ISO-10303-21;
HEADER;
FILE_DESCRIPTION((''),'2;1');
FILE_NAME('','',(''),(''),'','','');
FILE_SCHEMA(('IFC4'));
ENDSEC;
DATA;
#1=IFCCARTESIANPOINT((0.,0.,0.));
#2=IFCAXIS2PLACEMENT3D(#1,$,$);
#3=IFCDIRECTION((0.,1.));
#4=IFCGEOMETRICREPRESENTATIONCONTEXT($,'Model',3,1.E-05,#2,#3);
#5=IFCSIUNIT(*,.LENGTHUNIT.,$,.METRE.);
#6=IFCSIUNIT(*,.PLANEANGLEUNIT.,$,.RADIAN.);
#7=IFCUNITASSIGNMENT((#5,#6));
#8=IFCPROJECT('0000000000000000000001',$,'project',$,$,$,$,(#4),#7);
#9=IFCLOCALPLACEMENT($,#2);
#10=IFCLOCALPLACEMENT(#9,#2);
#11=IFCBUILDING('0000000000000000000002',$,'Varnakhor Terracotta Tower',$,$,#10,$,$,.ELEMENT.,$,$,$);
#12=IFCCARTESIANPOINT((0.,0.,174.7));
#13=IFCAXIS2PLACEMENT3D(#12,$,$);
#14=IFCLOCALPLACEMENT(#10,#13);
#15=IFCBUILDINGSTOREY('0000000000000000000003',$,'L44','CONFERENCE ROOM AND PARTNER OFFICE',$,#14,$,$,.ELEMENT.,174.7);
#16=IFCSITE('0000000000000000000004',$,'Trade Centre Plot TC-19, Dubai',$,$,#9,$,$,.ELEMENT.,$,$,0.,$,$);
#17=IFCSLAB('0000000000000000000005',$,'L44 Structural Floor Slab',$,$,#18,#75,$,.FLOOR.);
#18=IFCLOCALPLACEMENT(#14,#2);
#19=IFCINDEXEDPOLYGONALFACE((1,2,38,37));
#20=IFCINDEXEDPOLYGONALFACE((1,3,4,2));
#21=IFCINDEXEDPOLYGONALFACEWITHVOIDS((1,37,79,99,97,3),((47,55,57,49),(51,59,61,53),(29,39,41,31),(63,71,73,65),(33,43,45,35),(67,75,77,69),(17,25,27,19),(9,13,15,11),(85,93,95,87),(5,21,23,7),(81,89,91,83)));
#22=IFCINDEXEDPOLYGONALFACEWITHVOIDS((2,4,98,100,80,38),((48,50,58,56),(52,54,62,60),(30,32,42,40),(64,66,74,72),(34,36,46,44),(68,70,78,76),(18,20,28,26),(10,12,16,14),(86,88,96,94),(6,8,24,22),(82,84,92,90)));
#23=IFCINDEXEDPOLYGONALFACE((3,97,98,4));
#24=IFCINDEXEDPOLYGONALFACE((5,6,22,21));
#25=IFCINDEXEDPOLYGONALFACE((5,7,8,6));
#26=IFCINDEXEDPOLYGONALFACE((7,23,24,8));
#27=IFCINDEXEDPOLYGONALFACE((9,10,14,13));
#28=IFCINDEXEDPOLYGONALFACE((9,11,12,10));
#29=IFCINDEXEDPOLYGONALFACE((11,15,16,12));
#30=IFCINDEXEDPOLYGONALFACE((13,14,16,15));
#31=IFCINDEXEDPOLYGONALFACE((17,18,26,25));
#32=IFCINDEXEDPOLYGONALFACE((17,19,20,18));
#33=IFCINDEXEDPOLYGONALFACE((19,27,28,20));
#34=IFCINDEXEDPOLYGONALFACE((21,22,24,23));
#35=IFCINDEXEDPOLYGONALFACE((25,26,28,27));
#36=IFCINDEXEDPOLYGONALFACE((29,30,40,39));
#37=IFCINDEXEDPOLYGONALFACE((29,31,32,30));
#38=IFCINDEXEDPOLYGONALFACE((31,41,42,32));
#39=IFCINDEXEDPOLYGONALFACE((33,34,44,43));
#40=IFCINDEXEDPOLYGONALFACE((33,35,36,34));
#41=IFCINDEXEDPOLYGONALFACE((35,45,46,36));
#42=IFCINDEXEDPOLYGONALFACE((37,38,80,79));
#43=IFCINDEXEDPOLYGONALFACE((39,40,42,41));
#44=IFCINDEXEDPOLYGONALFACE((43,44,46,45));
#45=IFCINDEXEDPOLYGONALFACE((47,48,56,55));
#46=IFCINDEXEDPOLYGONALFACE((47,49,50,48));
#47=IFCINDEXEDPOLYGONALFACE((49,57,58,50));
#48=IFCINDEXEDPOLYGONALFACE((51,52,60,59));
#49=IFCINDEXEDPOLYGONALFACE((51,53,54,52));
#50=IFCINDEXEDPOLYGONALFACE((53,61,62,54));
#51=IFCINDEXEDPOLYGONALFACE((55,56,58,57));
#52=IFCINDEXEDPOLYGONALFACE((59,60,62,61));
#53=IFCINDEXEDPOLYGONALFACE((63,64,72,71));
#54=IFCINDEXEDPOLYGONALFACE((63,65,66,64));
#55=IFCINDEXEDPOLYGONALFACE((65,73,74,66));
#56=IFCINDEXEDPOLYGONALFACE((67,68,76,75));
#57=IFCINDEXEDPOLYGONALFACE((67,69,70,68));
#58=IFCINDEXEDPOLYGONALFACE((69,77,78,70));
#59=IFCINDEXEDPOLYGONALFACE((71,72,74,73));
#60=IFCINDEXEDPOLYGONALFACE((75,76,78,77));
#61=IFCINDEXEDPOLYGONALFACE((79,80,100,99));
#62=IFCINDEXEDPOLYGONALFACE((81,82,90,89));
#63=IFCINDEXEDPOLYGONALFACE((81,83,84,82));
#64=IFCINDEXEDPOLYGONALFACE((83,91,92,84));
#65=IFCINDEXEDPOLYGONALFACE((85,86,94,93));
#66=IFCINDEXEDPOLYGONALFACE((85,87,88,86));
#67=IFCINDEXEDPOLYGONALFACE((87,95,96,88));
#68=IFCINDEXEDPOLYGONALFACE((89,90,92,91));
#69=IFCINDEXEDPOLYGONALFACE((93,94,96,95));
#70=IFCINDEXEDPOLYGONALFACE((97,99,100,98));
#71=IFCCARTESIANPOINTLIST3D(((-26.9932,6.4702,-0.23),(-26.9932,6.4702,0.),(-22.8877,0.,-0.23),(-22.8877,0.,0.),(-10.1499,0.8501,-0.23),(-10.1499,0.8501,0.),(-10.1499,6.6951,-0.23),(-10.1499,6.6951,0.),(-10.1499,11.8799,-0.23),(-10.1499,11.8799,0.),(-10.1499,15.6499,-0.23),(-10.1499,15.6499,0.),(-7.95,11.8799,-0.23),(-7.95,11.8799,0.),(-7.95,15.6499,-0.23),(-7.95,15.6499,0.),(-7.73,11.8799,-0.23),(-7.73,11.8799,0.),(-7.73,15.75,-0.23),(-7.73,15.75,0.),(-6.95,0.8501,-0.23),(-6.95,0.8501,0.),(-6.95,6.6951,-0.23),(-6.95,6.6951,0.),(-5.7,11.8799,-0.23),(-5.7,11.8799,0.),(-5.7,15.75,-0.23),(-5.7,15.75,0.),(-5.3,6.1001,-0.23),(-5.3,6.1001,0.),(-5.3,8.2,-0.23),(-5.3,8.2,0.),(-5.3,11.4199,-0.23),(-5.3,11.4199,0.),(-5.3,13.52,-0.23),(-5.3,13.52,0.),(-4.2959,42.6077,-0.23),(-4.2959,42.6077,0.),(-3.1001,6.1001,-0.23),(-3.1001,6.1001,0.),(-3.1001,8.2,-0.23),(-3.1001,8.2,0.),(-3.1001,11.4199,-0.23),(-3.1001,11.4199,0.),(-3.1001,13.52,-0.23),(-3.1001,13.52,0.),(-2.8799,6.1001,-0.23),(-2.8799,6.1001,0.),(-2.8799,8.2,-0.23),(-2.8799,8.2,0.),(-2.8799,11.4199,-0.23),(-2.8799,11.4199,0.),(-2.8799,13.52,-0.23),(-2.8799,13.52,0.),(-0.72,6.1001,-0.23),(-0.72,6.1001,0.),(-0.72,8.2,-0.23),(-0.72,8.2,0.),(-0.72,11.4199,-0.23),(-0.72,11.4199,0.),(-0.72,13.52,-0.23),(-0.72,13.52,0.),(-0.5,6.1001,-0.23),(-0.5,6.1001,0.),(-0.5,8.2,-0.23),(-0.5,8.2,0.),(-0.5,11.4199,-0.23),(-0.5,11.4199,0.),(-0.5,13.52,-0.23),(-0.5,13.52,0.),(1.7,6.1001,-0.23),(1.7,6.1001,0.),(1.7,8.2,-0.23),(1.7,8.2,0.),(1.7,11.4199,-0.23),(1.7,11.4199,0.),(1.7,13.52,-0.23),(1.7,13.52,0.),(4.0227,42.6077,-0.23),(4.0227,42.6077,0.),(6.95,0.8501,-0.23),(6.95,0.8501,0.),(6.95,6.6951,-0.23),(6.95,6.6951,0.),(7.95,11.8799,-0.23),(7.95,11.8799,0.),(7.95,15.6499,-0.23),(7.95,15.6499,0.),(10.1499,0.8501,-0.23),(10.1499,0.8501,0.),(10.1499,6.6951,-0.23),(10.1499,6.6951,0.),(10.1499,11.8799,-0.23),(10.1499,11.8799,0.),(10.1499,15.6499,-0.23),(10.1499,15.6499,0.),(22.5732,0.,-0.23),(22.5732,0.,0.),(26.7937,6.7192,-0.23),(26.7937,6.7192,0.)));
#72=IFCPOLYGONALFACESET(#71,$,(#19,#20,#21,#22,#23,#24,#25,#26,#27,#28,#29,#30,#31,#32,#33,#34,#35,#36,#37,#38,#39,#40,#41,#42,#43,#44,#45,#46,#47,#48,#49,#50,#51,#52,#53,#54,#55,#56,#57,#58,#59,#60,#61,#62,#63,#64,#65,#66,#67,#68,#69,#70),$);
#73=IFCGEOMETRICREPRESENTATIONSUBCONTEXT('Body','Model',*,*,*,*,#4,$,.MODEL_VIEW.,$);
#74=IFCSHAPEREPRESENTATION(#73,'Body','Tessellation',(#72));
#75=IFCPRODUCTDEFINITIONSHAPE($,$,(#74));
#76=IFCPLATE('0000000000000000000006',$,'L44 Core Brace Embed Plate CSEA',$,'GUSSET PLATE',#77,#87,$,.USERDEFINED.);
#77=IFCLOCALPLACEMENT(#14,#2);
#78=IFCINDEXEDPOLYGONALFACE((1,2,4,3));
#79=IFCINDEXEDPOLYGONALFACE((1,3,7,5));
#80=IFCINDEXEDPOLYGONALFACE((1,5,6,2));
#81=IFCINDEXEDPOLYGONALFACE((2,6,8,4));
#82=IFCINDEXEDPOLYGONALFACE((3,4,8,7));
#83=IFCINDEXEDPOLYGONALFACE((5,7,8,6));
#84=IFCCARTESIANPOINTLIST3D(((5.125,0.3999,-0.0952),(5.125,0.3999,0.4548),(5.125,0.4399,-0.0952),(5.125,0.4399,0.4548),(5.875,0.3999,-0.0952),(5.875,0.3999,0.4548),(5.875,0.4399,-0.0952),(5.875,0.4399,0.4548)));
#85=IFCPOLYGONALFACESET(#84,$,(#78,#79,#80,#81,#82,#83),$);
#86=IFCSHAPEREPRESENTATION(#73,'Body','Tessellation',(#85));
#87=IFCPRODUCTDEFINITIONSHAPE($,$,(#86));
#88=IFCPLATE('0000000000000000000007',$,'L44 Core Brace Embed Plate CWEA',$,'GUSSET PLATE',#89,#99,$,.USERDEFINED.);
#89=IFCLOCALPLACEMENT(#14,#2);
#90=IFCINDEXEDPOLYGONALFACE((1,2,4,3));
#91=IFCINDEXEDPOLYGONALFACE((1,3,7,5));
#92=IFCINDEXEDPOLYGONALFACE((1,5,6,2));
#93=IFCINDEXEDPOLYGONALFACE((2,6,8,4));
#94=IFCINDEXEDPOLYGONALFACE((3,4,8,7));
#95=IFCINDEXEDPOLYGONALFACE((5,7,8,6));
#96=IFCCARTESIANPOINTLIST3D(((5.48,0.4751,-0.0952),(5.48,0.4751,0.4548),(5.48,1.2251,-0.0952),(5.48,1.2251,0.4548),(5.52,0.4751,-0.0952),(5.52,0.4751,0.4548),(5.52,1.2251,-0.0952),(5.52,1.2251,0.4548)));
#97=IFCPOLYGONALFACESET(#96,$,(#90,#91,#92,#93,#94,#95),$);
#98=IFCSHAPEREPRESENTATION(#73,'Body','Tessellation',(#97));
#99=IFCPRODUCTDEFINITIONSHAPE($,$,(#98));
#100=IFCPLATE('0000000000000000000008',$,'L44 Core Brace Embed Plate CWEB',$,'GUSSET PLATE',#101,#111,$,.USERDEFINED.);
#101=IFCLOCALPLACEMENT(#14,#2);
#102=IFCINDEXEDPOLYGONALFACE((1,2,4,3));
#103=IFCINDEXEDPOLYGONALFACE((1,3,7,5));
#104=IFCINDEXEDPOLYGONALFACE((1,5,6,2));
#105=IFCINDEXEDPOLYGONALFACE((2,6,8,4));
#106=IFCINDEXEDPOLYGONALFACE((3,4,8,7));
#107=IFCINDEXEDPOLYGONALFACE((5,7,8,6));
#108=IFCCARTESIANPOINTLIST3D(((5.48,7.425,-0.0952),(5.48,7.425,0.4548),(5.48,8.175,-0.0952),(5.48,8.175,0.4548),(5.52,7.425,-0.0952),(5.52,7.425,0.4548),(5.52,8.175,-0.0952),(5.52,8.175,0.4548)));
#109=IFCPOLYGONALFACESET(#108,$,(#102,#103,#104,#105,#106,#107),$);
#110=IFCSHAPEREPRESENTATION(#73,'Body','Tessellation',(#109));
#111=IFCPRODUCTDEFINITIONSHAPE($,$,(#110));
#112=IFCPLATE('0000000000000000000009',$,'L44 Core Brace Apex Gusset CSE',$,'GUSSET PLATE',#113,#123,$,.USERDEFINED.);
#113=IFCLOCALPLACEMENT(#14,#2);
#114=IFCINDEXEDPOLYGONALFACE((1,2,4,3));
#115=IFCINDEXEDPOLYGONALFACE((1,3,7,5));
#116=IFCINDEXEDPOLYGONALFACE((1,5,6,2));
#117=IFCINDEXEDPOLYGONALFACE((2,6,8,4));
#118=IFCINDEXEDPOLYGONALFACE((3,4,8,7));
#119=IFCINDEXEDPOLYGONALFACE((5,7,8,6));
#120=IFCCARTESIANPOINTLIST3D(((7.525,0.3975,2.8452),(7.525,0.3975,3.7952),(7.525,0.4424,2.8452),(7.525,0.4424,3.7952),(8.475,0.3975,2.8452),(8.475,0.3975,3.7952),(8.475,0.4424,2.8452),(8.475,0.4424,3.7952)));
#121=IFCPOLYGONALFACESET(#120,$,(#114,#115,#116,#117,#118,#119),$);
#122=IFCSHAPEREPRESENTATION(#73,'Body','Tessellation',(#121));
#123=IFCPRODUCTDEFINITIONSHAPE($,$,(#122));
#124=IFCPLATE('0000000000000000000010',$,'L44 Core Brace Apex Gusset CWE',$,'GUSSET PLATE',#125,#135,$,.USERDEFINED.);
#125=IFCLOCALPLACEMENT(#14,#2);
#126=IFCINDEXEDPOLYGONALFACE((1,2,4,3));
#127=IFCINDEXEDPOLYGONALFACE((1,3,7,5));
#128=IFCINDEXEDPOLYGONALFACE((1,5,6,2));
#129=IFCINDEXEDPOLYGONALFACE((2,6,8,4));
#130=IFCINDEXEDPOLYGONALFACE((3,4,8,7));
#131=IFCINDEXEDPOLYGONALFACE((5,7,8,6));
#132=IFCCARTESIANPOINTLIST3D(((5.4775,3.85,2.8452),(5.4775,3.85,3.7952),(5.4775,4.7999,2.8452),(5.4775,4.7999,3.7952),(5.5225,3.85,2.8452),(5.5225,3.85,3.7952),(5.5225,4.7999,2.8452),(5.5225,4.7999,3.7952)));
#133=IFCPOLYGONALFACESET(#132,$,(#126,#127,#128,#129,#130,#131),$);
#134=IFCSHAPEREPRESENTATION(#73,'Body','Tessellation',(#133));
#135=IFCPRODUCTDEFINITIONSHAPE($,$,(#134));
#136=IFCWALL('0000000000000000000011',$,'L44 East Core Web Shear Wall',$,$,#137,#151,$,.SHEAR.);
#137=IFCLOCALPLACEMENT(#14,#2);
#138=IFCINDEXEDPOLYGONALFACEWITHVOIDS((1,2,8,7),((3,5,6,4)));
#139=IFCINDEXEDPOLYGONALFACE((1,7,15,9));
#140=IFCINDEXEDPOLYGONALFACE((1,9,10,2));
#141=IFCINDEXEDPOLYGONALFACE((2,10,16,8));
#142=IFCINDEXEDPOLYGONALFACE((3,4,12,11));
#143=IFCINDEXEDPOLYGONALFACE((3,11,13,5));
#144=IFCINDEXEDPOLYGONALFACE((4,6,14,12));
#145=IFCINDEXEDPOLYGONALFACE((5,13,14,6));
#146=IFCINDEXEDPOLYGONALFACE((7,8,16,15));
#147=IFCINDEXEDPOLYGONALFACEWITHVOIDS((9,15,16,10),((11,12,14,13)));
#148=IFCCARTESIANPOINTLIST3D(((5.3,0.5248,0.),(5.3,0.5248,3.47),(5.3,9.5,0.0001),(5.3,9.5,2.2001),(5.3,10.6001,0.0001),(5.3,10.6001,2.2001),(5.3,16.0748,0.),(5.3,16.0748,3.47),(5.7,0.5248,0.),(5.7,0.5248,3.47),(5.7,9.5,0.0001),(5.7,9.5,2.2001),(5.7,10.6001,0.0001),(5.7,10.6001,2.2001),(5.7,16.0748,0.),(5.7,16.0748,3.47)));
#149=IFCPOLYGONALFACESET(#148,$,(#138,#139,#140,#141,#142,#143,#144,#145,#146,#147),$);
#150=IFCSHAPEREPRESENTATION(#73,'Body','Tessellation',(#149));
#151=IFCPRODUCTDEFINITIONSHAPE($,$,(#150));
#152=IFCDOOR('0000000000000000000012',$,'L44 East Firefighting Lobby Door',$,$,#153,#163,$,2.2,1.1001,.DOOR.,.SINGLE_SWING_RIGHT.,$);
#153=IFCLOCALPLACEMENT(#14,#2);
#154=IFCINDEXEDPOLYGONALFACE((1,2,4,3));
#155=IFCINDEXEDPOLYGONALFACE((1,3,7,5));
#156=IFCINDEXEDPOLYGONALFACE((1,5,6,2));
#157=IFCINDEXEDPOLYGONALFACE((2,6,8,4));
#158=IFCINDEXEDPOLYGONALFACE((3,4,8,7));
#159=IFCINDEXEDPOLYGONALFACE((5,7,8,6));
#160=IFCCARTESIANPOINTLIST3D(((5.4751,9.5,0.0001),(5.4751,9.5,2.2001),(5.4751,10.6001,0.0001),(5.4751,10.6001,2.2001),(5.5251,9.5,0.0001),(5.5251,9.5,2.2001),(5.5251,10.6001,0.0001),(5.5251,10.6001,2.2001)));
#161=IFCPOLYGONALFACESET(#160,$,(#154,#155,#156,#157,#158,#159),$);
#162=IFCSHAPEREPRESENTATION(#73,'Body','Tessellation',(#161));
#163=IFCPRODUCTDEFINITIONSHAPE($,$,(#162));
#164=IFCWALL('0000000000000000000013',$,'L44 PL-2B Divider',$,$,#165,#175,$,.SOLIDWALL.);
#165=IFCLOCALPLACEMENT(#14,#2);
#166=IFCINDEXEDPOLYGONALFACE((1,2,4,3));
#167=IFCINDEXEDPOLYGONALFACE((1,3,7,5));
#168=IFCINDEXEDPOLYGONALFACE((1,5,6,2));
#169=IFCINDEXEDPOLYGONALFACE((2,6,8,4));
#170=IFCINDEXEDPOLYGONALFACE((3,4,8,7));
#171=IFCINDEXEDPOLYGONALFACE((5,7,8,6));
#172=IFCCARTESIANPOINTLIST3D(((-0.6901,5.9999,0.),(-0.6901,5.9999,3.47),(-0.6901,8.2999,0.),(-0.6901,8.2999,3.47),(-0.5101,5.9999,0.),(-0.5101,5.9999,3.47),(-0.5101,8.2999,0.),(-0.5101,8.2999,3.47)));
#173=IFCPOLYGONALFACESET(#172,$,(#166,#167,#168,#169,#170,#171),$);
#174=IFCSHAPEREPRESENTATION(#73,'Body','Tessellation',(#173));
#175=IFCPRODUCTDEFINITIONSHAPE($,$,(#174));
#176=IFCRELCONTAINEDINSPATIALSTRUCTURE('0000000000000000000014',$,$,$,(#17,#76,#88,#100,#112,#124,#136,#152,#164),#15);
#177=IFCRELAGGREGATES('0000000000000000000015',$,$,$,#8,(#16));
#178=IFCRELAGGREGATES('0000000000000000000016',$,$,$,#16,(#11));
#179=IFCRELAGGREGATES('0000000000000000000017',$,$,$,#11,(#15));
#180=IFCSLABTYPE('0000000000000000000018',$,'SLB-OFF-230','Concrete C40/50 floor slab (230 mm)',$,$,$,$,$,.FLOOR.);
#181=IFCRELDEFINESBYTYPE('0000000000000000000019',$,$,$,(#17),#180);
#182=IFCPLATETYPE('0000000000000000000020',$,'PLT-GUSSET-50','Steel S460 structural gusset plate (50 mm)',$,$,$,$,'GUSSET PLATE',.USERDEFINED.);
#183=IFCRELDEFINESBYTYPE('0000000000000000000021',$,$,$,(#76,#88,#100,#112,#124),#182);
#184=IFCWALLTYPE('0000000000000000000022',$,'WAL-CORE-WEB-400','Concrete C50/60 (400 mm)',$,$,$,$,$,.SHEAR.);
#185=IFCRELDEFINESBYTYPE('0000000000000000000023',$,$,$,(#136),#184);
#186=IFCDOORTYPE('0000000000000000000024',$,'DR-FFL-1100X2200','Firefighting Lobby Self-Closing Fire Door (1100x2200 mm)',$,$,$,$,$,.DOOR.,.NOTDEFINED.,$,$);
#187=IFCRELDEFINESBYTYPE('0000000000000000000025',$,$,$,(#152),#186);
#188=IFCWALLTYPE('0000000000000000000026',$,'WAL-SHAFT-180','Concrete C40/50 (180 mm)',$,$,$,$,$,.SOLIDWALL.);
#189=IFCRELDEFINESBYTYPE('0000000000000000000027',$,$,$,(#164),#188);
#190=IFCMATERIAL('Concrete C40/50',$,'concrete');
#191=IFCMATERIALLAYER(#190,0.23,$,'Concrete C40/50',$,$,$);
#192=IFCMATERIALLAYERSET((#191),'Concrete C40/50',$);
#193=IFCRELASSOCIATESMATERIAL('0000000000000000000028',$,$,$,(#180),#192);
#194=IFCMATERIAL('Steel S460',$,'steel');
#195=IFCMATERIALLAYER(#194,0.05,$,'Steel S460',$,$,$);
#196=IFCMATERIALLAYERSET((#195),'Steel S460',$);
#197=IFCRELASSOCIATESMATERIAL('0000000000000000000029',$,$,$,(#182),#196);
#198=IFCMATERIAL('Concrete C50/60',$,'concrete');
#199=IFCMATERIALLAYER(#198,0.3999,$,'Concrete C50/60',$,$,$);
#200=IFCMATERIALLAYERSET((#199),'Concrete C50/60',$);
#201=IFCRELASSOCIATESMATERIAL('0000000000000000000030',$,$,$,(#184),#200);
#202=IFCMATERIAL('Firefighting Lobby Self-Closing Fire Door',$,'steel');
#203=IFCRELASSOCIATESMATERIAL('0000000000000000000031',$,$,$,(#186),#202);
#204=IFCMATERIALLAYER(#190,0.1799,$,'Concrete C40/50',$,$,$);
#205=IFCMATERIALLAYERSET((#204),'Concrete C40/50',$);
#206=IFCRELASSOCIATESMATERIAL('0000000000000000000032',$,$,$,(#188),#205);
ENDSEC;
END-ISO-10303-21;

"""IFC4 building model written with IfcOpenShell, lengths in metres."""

from ifc_helpers import new_model, si_unit, direction, frame, frame_2d, origin, origin_2d, place, context, subcontext, project, spatial, polyline, rectangle, outline, extrude, source, transform, mapped, material, layer, layer_set, type_object, type_shapes, element, fill, save


model = new_model("IFC4")

# Units and contexts
model_context = context("Model", 3, precision=1e-05, world=origin(), true_north=direction((0.0, 1.0)))
body_context = subcontext(model_context, "Body", "Model", "MODEL_VIEW")
ifc_project = project(units=[si_unit("LENGTHUNIT", "METRE"), si_unit("PLANEANGLEUNIT", "RADIAN")], contexts=[model_context])

# Site, building, storey
site_placement = place(None, origin())
site = spatial("IfcSite", under=ifc_project, at=site_placement, Name="Trade Centre Plot TC-19, Dubai", CompositionType="ELEMENT", RefElevation=0.0)
building_placement = place(site_placement, origin())
building = spatial("IfcBuilding", under=site, at=building_placement, Name="Varnakhor Terracotta Tower", CompositionType="ELEMENT")
storey_placement = place(building_placement, frame((0.0, 0.0, 174.7)))
storey = spatial("IfcBuildingStorey", under=building, at=storey_placement, Name="L44", Description="CONFERENCE ROOM AND PARTNER OFFICE", CompositionType="ELEMENT", Elevation=174.7)

# Shared definitions
ifc_material_1 = material(Name="Concrete C50/60", Category="concrete")

# Shared definitions
ifc_material_2 = material(Name="Steel S460", Category="steel")

# Shared definitions
ifc_material_3 = material(Name="Concrete C40/50", Category="concrete")

# Slab
ifc_layer_1 = layer(ifc_material_3, 0.23, Name="Concrete C40/50")
ifc_layer_set_1 = layer_set([ifc_layer_1], Name="Concrete C40/50")
slab_type_1 = type_object("IfcSlabType", Name="SLB-OFF-230", Description="Concrete C40/50 floor slab (230 mm)", PredefinedType="FLOOR", material=ifc_layer_set_1)
slab_1_placement = place(storey_placement, frame((0.0, 0.0, -0.23)))
element("IfcSlab", 1, at=slab_1_placement, inside=storey, type_object=slab_type_1, Name="L44 Structural Floor Slab", PredefinedType="FLOOR", context=body_context, shape_type="SweptSolid", body=[
    extrude(outline(polyline([(-26.9932, 6.4702), (-4.2959, 42.6077), (4.0227, 42.6077), (26.7937, 6.7192), (22.5732, 0.0), (-22.8877, 0.0), (-26.9932, 6.4702)]), holes=[polyline([(-6.95, 0.8501), (-6.95, 6.6951), (-10.1499, 6.6951), (-10.1499, 0.8501), (-6.95, 0.8501)]), polyline([(-3.1001, 6.1001), (-3.1001, 8.2), (-5.3, 8.2), (-5.3, 6.1001), (-3.1001, 6.1001)]), polyline([(-0.72, 6.1001), (-0.72, 8.2), (-2.8799, 8.2), (-2.8799, 6.1001), (-0.72, 6.1001)]), polyline([(-5.3, 11.4199), (-3.1001, 11.4199), (-3.1001, 13.52), (-5.3, 13.52), (-5.3, 11.4199)]), polyline([(-10.1499, 11.8799), (-7.95, 11.8799), (-7.95, 15.6499), (-10.1499, 15.6499), (-10.1499, 11.8799)]), polyline([(-5.7, 11.8799), (-5.7, 15.75), (-7.73, 15.75), (-7.73, 11.8799), (-5.7, 11.8799)]), polyline([(6.95, 0.8501), (10.1499, 0.8501), (10.1499, 6.6951), (6.95, 6.6951), (6.95, 0.8501)]), polyline([(-0.5, 6.1001), (1.7, 6.1001), (1.7, 8.2), (-0.5, 8.2), (-0.5, 6.1001)]), polyline([(-0.72, 11.4199), (-0.72, 13.52), (-2.8799, 13.52), (-2.8799, 11.4199), (-0.72, 11.4199)]), polyline([(-0.5, 11.4199), (1.7, 11.4199), (1.7, 13.52), (-0.5, 13.52), (-0.5, 11.4199)]), polyline([(7.95, 11.8799), (10.1499, 11.8799), (10.1499, 15.6499), (7.95, 15.6499), (7.95, 11.8799)])]), origin(), (0.0, 0.0, 1.0), 0.23),
])

# Plates
ifc_layer_2 = layer(ifc_material_2, 0.05, Name="Steel S460")
ifc_layer_set_2 = layer_set([ifc_layer_2], Name="Steel S460")
plate_type = type_object("IfcPlateType", Name="PLT-GUSSET-50", Description="Steel S460 structural gusset plate (50 mm)", ElementType="GUSSET PLATE", PredefinedType="USERDEFINED", material=ifc_layer_set_2)
shared_shape_1 = source(origin(), body_context, "Body", "SweptSolid", [
    extrude(rectangle(XDim=0.75, YDim=0.04, at=origin_2d()), origin(), (0.0, 0.0, 1.0), 0.55),
])
type_shapes(plate_type, [shared_shape_1])
for number, where, z_axis, x_axis, name in (
    (2, (5.5, 0.4199, -0.0952), (0.0, 0.0, 1.0), (1.0, 0.0, 0.0), "L44 Core Brace Embed Plate CSEA"),
    (3, (5.5, 0.8501, -0.0952), (0.0, 0.0, 1.0), (0.0, 1.0, 0.0), "L44 Core Brace Embed Plate CWEA"),
    (4, (5.5, 7.8, -0.0952), (0.0, 0.0, 1.0), (0.0, 1.0, 0.0), "L44 Core Brace Embed Plate CWEB"),
):
    element("IfcPlate", number, at=place(storey_placement, frame(where, z_axis=z_axis, x_axis=x_axis)), inside=storey, type_object=plate_type, Name=name, ObjectType="GUSSET PLATE", PredefinedType="USERDEFINED", context=body_context, shape_type="MappedRepresentation", body=[
        mapped(shared_shape_1, transform((0.0, 0.0, 0.0), scale=1.0)),
    ])
shared_shape_2 = source(origin(), body_context, "Body", "SweptSolid", [
    extrude(rectangle(XDim=0.95, YDim=0.0449, at=origin_2d()), origin(), (0.0, 0.0, 1.0), 0.95),
])
for number, where, z_axis, x_axis, name in (
    (5, (8.0, 0.4199, 2.8452), (0.0, 0.0, 1.0), (1.0, 0.0, 0.0), "L44 Core Brace Apex Gusset CSE"),
    (6, (5.5, 4.325, 2.8452), (0.0, 0.0, 1.0), (0.0, 1.0, 0.0), "L44 Core Brace Apex Gusset CWE"),
):
    element("IfcPlate", number, at=place(storey_placement, frame(where, z_axis=z_axis, x_axis=x_axis)), inside=storey, type_object=plate_type, Name=name, ObjectType="GUSSET PLATE", PredefinedType="USERDEFINED", context=body_context, shape_type="MappedRepresentation", body=[
        mapped(shared_shape_2, transform((0.0, 0.0, 0.0), scale=1.0)),
    ])

# Wall, opening, door
ifc_layer_3 = layer(ifc_material_1, 0.3999, Name="Concrete C50/60")
ifc_layer_set_3 = layer_set([ifc_layer_3], Name="Concrete C50/60")
wall_type_1 = type_object("IfcWallType", Name="WAL-CORE-WEB-400", Description="Concrete C50/60 (400 mm)", PredefinedType="SHEAR", material=ifc_layer_set_3)
wall_1_placement = place(storey_placement, frame((5.5, 0.5249, 0.0), z_axis=(0.0, 0.0, 1.0), x_axis=(0.0, 1.0, 0.0)))
wall_1 = element("IfcWall", 7, at=wall_1_placement, inside=storey, type_object=wall_type_1, Name="L44 East Core Web Shear Wall", PredefinedType="SHEAR", context=body_context, shape_type="SweptSolid", body=[
    extrude(rectangle(XDim=15.55, YDim=0.3999, at=frame_2d((7.7749, 0.0))), origin(), (0.0, 0.0, 1.0), 3.47),
])
opening_1_placement = place(wall_1_placement, frame((8.9751, 0.0, 0.0)))
opening_1 = element("IfcOpeningElement", 8, at=opening_1_placement, cuts=wall_1, PredefinedType="OPENING", context=body_context, shape_type="SweptSolid", body=[
    extrude(rectangle(XDim=1.1001, YDim=2.2, at=frame_2d((0.55, 1.1001))), frame((0.0, 0.21, 0.0), z_axis=(0.0, -1.0, 0.0), x_axis=(1.0, 0.0, 0.0)), (0.0, 0.0, 1.0), 0.4199),
])
ifc_material_4 = material(Name="Firefighting Lobby Self-Closing Fire Door", Category="steel")
door_type_1 = type_object("IfcDoorType", Name="DR-FFL-1100X2200", Description="Firefighting Lobby Self-Closing Fire Door (1100x2200 mm)", OperationType="NOTDEFINED", PredefinedType="DOOR", material=ifc_material_4)
shared_shape_3 = source(origin(), body_context, "Body", "SweptSolid", [
    extrude(rectangle(XDim=1.1001, YDim=2.2, at=frame_2d((0.55, 1.1001))), frame((0.0, 0.0249, 0.0), z_axis=(0.0, -1.0, 0.0), x_axis=(1.0, 0.0, 0.0)), (0.0, 0.0, 1.0), 0.05),
])
type_shapes(door_type_1, [shared_shape_3])
door_1_placement = place(opening_1_placement, origin())
door_1 = element("IfcDoor", 9, at=door_1_placement, inside=storey, type_object=door_type_1, Name="L44 East Firefighting Lobby Door", OperationType="SINGLE_SWING_RIGHT", OverallHeight=2.2, OverallWidth=1.1001, PredefinedType="DOOR", context=body_context, shape_type="MappedRepresentation", body=[
    mapped(shared_shape_3, transform((0.0, 0.0, 0.0), scale=1.0)),
])
fill(opening_1, door_1)

# Wall
ifc_layer_4 = layer(ifc_material_3, 0.1799, Name="Concrete C40/50")
ifc_layer_set_4 = layer_set([ifc_layer_4], Name="Concrete C40/50")
wall_type_2 = type_object("IfcWallType", Name="WAL-SHAFT-180", Description="Concrete C40/50 (180 mm)", PredefinedType="SOLIDWALL", material=ifc_layer_set_4)
wall_2_placement = place(storey_placement, frame((-0.6001, 6.0, 0.0), z_axis=(0.0, 0.0, 1.0), x_axis=(0.0, 1.0, 0.0)))
element("IfcWall", 10, at=wall_2_placement, inside=storey, type_object=wall_type_2, Name="L44 PL-2B Divider", PredefinedType="SOLIDWALL", context=body_context, shape_type="SweptSolid", body=[
    extrude(rectangle(XDim=2.3, YDim=0.1799, at=frame_2d((1.1499, 0.0))), origin(), (0.0, 0.0, 1.0), 3.47),
])

save(model, "model.ifc")
